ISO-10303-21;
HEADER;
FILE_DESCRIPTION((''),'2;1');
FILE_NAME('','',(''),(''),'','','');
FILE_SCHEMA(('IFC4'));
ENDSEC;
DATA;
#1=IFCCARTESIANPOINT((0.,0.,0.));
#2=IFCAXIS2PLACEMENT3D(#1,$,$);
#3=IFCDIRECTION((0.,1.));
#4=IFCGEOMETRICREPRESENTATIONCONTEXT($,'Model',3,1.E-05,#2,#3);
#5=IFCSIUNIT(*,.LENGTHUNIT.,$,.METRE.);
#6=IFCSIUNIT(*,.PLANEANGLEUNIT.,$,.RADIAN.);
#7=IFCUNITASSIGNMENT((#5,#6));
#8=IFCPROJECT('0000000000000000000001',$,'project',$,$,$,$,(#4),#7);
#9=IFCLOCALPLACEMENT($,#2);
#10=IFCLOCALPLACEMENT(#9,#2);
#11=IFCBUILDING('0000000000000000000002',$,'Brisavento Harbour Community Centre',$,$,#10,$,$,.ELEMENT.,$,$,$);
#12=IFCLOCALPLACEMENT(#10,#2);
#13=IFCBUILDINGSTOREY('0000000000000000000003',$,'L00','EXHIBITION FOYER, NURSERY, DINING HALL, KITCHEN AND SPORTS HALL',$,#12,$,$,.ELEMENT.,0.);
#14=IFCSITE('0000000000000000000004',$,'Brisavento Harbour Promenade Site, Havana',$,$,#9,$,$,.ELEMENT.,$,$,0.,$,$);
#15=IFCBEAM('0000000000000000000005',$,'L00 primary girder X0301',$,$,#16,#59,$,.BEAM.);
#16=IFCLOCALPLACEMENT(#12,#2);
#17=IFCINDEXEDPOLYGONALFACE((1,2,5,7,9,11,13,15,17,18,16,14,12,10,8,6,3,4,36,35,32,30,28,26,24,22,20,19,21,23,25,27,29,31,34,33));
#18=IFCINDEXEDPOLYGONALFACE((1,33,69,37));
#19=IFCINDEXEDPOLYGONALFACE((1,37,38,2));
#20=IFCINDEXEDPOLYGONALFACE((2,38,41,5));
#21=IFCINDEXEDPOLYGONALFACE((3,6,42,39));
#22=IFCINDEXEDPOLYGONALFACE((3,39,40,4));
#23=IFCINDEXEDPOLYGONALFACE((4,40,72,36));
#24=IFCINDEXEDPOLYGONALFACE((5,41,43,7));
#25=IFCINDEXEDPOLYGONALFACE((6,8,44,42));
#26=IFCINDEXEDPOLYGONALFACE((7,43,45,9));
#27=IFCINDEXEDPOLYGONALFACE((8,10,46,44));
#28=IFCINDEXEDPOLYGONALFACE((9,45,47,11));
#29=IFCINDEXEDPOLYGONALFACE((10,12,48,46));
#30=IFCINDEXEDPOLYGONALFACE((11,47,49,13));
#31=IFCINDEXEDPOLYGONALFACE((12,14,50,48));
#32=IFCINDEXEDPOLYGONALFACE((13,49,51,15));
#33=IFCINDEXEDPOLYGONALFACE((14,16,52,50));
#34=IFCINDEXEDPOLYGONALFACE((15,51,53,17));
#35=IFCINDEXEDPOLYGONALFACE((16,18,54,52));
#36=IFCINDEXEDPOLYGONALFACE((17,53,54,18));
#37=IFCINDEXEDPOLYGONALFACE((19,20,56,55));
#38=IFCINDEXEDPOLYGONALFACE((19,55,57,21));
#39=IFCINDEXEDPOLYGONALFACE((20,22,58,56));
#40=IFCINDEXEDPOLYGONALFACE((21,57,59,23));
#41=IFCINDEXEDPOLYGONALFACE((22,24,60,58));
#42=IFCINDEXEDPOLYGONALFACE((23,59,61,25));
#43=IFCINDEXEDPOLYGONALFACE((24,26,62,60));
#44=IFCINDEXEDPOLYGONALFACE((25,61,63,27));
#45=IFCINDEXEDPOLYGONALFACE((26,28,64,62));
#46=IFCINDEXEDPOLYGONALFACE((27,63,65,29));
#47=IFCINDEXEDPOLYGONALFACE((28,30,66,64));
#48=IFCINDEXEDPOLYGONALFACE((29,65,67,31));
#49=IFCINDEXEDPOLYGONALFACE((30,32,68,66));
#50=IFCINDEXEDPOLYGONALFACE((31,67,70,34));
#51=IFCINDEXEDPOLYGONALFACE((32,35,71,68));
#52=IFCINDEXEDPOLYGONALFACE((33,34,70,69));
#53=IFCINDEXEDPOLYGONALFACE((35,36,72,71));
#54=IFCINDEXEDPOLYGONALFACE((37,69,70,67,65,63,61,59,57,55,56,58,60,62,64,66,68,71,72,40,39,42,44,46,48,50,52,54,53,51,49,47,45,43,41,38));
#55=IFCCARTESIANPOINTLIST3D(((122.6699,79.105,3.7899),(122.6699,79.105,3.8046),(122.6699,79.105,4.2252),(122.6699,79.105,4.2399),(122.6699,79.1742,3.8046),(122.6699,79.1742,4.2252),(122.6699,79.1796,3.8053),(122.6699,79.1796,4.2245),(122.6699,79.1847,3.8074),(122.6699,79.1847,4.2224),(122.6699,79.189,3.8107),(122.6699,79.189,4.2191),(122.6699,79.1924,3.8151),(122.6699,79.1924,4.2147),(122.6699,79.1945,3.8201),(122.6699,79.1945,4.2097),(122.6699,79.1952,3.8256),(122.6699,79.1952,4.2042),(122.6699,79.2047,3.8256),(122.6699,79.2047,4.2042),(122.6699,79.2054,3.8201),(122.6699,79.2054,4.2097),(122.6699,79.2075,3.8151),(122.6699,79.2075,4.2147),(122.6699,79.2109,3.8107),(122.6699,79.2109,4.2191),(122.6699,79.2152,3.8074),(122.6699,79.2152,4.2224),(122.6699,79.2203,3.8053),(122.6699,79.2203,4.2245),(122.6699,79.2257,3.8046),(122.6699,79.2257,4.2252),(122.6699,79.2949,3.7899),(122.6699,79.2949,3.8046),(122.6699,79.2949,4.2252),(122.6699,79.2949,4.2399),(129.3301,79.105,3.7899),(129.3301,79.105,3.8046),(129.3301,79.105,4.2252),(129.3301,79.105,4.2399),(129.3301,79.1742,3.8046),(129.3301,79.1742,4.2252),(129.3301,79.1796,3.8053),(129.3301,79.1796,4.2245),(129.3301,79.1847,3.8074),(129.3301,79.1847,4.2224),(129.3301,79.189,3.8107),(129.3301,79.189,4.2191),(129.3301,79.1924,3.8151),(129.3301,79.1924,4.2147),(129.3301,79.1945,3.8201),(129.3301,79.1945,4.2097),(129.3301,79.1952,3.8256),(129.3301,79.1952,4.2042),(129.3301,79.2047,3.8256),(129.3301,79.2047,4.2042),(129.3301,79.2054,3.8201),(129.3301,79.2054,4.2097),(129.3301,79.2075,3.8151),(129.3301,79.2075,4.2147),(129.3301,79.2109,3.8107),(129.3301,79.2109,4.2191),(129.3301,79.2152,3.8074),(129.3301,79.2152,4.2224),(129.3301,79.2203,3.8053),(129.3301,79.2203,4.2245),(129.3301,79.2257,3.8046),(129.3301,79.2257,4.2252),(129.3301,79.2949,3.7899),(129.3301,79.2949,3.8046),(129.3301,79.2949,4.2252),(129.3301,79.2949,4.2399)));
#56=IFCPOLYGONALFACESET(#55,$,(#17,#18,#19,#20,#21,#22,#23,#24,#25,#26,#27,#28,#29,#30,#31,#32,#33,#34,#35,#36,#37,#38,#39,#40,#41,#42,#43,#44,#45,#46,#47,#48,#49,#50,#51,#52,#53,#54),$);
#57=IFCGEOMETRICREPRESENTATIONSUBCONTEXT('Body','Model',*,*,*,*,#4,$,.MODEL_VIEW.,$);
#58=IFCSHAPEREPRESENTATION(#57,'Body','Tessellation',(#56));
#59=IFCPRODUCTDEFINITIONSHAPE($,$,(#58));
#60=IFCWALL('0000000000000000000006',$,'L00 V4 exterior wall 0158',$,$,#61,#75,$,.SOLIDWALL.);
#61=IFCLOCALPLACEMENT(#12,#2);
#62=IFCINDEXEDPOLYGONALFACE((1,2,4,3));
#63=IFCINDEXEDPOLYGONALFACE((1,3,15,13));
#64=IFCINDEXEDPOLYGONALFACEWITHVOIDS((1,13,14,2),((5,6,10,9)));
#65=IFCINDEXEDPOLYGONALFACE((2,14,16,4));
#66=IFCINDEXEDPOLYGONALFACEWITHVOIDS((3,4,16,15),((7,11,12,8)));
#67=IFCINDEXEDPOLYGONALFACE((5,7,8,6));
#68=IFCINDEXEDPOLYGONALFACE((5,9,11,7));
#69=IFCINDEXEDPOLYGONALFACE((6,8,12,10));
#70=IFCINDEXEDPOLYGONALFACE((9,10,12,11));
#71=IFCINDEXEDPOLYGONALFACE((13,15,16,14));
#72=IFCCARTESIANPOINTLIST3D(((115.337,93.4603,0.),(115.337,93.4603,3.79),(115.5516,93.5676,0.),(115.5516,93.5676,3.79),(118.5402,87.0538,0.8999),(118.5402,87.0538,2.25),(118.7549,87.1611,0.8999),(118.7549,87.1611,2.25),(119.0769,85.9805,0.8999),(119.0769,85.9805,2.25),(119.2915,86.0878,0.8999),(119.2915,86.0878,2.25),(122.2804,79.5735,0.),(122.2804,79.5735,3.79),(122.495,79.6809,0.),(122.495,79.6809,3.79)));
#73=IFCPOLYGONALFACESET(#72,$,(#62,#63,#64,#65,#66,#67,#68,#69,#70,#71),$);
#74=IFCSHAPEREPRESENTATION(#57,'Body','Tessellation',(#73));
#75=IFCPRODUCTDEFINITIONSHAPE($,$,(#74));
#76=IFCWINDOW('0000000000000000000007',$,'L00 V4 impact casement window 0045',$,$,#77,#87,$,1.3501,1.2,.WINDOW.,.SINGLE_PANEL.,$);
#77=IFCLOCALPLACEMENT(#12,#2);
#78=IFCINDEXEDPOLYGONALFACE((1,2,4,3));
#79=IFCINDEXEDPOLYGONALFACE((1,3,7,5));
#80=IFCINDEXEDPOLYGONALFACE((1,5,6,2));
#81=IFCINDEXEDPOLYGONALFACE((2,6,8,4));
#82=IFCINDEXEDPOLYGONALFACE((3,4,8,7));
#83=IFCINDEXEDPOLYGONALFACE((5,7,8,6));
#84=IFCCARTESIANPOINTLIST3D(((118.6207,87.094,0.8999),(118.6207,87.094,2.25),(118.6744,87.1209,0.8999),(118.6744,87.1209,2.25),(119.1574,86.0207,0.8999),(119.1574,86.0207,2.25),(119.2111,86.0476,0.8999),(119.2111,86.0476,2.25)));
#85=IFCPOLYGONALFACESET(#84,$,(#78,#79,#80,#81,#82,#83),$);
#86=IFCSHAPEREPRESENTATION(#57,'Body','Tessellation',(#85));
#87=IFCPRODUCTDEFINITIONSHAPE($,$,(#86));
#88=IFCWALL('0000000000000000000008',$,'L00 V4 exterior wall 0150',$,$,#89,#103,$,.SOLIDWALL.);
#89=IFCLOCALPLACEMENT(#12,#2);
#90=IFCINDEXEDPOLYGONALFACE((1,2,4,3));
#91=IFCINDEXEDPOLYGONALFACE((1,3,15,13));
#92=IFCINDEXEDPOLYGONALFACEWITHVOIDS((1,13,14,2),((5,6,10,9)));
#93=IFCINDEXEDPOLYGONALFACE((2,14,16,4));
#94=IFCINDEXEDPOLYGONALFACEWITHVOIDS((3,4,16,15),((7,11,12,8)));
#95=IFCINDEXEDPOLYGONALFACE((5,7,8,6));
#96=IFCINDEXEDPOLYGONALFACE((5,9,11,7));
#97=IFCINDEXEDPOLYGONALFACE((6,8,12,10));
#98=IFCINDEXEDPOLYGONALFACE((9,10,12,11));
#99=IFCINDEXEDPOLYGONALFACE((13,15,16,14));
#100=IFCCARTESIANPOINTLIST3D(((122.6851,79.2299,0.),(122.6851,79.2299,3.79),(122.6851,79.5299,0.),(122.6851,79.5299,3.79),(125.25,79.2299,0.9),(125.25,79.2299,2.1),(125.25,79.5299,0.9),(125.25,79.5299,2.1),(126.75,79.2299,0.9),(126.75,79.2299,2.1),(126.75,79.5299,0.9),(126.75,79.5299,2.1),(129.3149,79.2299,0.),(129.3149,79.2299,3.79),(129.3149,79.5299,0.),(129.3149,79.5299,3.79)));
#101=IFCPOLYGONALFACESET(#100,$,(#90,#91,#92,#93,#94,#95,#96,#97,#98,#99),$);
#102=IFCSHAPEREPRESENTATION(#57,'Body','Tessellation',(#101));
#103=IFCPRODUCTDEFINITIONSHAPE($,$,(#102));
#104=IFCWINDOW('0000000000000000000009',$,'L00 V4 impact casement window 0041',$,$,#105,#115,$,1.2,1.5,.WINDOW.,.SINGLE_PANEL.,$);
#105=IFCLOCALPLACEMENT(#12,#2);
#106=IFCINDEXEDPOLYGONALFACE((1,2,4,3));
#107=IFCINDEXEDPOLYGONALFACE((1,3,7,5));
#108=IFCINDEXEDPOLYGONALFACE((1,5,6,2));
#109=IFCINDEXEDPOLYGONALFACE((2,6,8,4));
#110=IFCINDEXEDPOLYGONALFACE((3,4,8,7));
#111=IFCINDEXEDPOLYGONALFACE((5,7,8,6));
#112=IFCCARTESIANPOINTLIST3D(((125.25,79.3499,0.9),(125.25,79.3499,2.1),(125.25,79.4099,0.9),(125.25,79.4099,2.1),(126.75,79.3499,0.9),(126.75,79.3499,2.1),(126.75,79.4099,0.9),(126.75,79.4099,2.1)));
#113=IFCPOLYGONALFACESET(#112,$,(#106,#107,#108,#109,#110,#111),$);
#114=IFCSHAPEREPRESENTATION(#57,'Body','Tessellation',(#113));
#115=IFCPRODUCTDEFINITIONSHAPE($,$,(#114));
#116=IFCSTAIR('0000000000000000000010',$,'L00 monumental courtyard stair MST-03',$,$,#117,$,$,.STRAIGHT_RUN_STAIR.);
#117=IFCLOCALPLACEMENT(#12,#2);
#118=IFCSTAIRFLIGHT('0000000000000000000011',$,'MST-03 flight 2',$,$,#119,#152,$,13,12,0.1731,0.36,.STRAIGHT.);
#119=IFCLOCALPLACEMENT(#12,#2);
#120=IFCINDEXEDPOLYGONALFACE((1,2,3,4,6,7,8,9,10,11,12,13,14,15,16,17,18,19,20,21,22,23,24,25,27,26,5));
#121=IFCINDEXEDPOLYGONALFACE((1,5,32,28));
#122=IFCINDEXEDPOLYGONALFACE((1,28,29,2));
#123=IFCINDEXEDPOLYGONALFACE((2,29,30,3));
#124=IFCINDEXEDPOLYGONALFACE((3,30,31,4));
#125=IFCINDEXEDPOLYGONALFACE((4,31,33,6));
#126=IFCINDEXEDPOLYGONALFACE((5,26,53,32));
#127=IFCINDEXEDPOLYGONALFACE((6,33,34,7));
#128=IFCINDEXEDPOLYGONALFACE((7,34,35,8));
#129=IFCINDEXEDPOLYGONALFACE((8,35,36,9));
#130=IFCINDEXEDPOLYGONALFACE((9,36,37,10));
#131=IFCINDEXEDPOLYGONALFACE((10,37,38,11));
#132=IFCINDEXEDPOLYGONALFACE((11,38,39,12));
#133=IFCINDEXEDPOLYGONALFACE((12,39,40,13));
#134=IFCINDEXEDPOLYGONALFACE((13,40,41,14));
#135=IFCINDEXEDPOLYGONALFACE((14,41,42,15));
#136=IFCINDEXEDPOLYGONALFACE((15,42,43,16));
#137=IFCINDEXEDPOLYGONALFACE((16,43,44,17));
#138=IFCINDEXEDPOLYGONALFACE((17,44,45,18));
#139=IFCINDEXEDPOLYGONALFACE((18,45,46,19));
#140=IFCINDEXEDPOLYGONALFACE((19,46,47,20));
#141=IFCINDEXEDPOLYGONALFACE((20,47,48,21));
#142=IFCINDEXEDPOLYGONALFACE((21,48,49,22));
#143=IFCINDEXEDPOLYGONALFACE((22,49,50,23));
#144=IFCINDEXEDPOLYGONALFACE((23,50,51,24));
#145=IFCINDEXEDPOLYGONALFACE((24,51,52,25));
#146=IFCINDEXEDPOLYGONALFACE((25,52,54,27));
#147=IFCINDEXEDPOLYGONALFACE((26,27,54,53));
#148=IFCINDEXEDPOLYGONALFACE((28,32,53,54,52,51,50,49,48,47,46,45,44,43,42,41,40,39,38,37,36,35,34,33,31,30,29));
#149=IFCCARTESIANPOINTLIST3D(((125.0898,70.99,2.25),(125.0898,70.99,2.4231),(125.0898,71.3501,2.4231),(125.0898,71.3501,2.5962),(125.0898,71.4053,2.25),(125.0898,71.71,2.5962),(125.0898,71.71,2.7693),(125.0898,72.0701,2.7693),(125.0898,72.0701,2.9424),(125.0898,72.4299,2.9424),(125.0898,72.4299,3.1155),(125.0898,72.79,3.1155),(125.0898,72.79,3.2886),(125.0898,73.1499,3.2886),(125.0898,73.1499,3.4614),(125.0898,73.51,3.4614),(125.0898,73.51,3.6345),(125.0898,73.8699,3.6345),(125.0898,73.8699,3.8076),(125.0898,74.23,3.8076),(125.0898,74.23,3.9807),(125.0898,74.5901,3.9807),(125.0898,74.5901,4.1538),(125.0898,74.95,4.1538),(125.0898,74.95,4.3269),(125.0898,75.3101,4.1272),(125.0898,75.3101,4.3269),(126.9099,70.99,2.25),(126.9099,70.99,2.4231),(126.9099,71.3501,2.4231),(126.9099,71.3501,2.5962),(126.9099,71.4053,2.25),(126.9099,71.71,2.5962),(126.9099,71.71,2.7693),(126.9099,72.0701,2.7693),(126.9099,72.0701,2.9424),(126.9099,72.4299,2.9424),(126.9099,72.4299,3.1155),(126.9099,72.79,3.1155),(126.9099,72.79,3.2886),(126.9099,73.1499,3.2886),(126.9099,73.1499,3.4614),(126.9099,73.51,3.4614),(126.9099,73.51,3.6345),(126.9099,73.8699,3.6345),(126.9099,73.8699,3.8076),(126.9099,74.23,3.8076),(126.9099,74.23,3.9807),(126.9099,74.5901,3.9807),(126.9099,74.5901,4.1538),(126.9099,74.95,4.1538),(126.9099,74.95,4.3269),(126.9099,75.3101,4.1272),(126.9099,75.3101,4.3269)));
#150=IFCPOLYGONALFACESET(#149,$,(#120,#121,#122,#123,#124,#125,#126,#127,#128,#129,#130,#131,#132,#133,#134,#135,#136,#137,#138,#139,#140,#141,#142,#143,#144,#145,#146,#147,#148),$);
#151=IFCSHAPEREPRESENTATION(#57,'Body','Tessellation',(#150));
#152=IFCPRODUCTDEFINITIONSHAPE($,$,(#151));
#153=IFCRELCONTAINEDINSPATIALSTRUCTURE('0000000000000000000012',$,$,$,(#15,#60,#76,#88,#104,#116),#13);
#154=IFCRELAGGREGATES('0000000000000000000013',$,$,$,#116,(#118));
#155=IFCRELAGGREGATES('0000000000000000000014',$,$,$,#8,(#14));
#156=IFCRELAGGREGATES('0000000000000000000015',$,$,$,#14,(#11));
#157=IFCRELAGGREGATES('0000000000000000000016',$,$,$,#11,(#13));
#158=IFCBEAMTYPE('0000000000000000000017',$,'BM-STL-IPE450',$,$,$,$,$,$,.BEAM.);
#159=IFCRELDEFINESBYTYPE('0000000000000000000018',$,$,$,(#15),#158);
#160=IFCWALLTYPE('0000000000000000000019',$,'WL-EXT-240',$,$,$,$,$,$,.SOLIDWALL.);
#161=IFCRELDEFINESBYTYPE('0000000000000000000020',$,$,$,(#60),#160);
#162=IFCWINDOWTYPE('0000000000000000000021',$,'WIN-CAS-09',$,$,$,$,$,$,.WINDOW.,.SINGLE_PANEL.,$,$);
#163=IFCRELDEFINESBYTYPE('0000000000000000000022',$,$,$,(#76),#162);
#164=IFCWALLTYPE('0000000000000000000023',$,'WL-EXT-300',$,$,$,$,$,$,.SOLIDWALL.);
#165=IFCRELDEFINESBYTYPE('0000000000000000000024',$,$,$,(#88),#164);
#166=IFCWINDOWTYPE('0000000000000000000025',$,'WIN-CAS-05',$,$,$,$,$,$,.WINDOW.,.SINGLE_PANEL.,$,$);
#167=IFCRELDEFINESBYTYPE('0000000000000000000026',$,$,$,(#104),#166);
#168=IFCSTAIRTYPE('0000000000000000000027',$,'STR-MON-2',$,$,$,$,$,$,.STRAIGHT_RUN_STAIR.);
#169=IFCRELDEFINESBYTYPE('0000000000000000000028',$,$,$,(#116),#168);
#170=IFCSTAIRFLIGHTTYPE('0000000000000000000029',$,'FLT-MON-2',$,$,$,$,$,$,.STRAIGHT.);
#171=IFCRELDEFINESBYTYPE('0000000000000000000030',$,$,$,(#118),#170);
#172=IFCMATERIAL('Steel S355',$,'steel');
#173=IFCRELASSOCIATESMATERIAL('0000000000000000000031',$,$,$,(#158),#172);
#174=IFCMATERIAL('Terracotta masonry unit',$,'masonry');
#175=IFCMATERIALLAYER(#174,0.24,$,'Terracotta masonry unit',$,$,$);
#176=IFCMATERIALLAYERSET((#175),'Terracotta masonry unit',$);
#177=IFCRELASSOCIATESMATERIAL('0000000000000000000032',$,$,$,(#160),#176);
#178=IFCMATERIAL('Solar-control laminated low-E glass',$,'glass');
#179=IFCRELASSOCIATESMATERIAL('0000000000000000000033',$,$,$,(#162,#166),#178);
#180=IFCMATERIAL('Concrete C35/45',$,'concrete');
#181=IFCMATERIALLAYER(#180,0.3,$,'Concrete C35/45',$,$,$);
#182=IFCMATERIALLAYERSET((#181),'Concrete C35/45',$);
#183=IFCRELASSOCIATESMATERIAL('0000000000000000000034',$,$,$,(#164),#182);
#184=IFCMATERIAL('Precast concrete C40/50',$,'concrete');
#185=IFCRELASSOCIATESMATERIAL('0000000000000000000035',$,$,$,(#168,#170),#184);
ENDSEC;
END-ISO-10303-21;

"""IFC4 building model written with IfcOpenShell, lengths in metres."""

from ifc_helpers import new_model, si_unit, direction, frame, frame_2d, origin, origin_2d, place, context, subcontext, project, spatial, polyline, rectangle, i_section, outline, extrude, material, layer, layer_set, material_profile, profile_set, type_object, element, fill, aggregate, save


model = new_model("IFC4")

# Units and contexts
model_context = context("Model", 3, precision=1e-05, world=origin(), true_north=direction((0.0, 1.0)))
body_context = subcontext(model_context, "Body", "Model", "MODEL_VIEW")
ifc_project = project(units=[si_unit("LENGTHUNIT", "METRE"), si_unit("PLANEANGLEUNIT", "RADIAN")], contexts=[model_context])

# Site, building, storey
site_placement = place(None, origin())
site = spatial("IfcSite", under=ifc_project, at=site_placement, Name="Brisavento Harbour Promenade Site, Havana", CompositionType="ELEMENT", RefElevation=0.0)
building_placement = place(site_placement, origin())
building = spatial("IfcBuilding", under=site, at=building_placement, Name="Brisavento Harbour Community Centre", CompositionType="ELEMENT")
storey_placement = place(building_placement, origin())
storey = spatial("IfcBuildingStorey", under=building, at=storey_placement, Name="L00", Description="EXHIBITION FOYER, NURSERY, DINING HALL, KITCHEN AND SPORTS HALL", CompositionType="ELEMENT", Elevation=0.0)

# Shared definitions
ifc_material_1 = material(Name="Concrete C35/45", Category="concrete")

# Beam
ifc_material_2 = material(Name="Steel S355", Category="steel")
ifc_material_profile_1 = material_profile(ifc_material_2, i_section(OverallWidth=0.1899, OverallDepth=0.45, WebThickness=0.0095, FlangeThickness=0.0146, FilletRadius=0.021, at=origin_2d()), Name="Steel S355")
ifc_profile_set_1 = profile_set([ifc_material_profile_1], Name="Steel S355")
beam_type_1 = type_object("IfcBeamType", Name="BM-STL-IPE450", PredefinedType="BEAM", material=ifc_profile_set_1)
beam_1_placement = place(storey_placement, frame((122.6699, 79.2, 4.0149), z_axis=(1.0, 0.0, 0.0), x_axis=(0.0, 1.0, 0.0)))
element("IfcBeam", 1, at=beam_1_placement, inside=storey, type_object=beam_type_1, Name="L00 primary girder X0301", PredefinedType="BEAM", context=body_context, shape_type="SweptSolid", body=[
    extrude(i_section(OverallWidth=0.1899, OverallDepth=0.45, WebThickness=0.0095, FlangeThickness=0.0146, FilletRadius=0.021, at=origin_2d()), origin(), (0.0, 0.0, 1.0), 6.6602),
])

# Walls, openings, windows
ifc_material_3 = material(Name="Terracotta masonry unit", Category="masonry")
ifc_layer_1 = layer(ifc_material_3, 0.24, Name="Terracotta masonry unit")
ifc_layer_set_1 = layer_set([ifc_layer_1], Name="Terracotta masonry unit")
wall_type_1 = type_object("IfcWallType", Name="WL-EXT-240", PredefinedType="SOLIDWALL", material=ifc_layer_set_1)
wall_1_placement = place(storey_placement, frame((122.3877, 79.6272, 0.0), z_axis=(0.0, 0.0, 1.0), x_axis=(-0.447214, 0.894427, 0.0)))
wall_1 = element("IfcWall", 2, at=wall_1_placement, inside=storey, type_object=wall_type_1, Name="L00 V4 exterior wall 0158", PredefinedType="SOLIDWALL", context=body_context, shape_type="SweptSolid", body=[
    extrude(rectangle(XDim=15.5259, YDim=0.24, at=frame_2d((7.7629, 0.0))), origin(), (0.0, 0.0, 1.0), 3.79),
])
opening_1_placement = place(wall_1_placement, frame((7.1631, 0.0, 0.8999)))
opening_1 = element("IfcOpeningElement", 3, at=opening_1_placement, cuts=wall_1, PredefinedType="OPENING", context=body_context, shape_type="SweptSolid", body=[
    extrude(rectangle(XDim=1.2, YDim=1.3501, at=frame_2d((0.6001, 0.675))), frame((0.0, 0.1299, 0.0), z_axis=(0.0, -1.0, 0.0), x_axis=(1.0, 0.0, 0.0)), (0.0, 0.0, 1.0), 0.26),
])
ifc_material_4 = material(Name="Solar-control laminated low-E glass", Category="glass")
window_type_1 = type_object("IfcWindowType", Name="WIN-CAS-09", PartitioningType="SINGLE_PANEL", PredefinedType="WINDOW", material=ifc_material_4)
window_1_placement = place(opening_1_placement, origin())
window_1 = element("IfcWindow", 4, at=window_1_placement, inside=storey, type_object=window_type_1, Name="L00 V4 impact casement window 0045", OverallHeight=1.3501, OverallWidth=1.2, PartitioningType="SINGLE_PANEL", PredefinedType="WINDOW", context=body_context, shape_type="SweptSolid", body=[
    extrude(rectangle(XDim=1.2, YDim=1.3501, at=frame_2d((0.6001, 0.675))), frame((0.0, 0.03, 0.0), z_axis=(0.0, -1.0, 0.0), x_axis=(1.0, 0.0, 0.0)), (0.0, 0.0, 1.0), 0.0601),
])
fill(opening_1, window_1)
ifc_layer_2 = layer(ifc_material_1, 0.3, Name="Concrete C35/45")
ifc_layer_set_2 = layer_set([ifc_layer_2], Name="Concrete C35/45")
wall_type_2 = type_object("IfcWallType", Name="WL-EXT-300", PredefinedType="SOLIDWALL", material=ifc_layer_set_2)
wall_2_placement = place(storey_placement, frame((129.3149, 79.3799, 0.0), z_axis=(0.0, 0.0, 1.0), x_axis=(-1.0, 0.0, 0.0)))
wall_2 = element("IfcWall", 5, at=wall_2_placement, inside=storey, type_object=wall_type_2, Name="L00 V4 exterior wall 0150", PredefinedType="SOLIDWALL", context=body_context, shape_type="SweptSolid", body=[
    extrude(rectangle(XDim=6.6299, YDim=0.3, at=frame_2d((3.3149, 0.0))), origin(), (0.0, 0.0, 1.0), 3.79),
])
opening_2_placement = place(wall_2_placement, frame((2.5649, 0.0, 0.8999)))
opening_2 = element("IfcOpeningElement", 6, at=opening_2_placement, cuts=wall_2, PredefinedType="OPENING", context=body_context, shape_type="SweptSolid", body=[
    extrude(rectangle(XDim=1.5, YDim=1.2, at=frame_2d((0.75, 0.6001))), frame((0.0, 0.1602, 0.0), z_axis=(0.0, -1.0, 0.0), x_axis=(1.0, 0.0, 0.0)), (0.0, 0.0, 1.0), 0.3201),
])
window_type_2 = type_object("IfcWindowType", Name="WIN-CAS-05", PartitioningType="SINGLE_PANEL", PredefinedType="WINDOW", material=ifc_material_4)
window_2_placement = place(opening_2_placement, origin())
window_2 = element("IfcWindow", 7, at=window_2_placement, inside=storey, type_object=window_type_2, Name="L00 V4 impact casement window 0041", OverallHeight=1.2, OverallWidth=1.5, PartitioningType="SINGLE_PANEL", PredefinedType="WINDOW", context=body_context, shape_type="SweptSolid", body=[
    extrude(rectangle(XDim=1.5, YDim=1.2, at=frame_2d((0.75, 0.6001))), frame((0.0, 0.03, 0.0), z_axis=(0.0, -1.0, 0.0), x_axis=(1.0, 0.0, 0.0)), (0.0, 0.0, 1.0), 0.0601),
])
fill(opening_2, window_2)

# Stair, stair flight
ifc_material_5 = material(Name="Precast concrete C40/50", Category="concrete")
stair_type = type_object("IfcStairType", Name="STR-MON-2", PredefinedType="STRAIGHT_RUN_STAIR", material=ifc_material_5)
stair_placement = place(storey_placement, origin())
stair = element("IfcStair", 8, at=stair_placement, inside=storey, type_object=stair_type, Name="L00 monumental courtyard stair MST-03", PredefinedType="STRAIGHT_RUN_STAIR")
stair_flight_type = type_object("IfcStairFlightType", Name="FLT-MON-2", PredefinedType="STRAIGHT", material=ifc_material_5)
stair_flight_placement = place(storey_placement, frame((126.0, 70.99, 2.25), z_axis=(0.0, 0.0, 1.0), x_axis=(0.0, 1.0, 0.0)))
stair_flight = element("IfcStairFlight", 9, at=stair_flight_placement, type_object=stair_flight_type, Name="MST-03 flight 2", NumberOfRisers=13, NumberOfTreads=12, PredefinedType="STRAIGHT", RiserHeight=0.1731, TreadLength=0.36, context=body_context, shape_type="SweptSolid", body=[
    extrude(outline(polyline([(0.0, 0.0), (0.0, 0.1731), (0.3601, 0.1731), (0.3601, 0.3462), (0.72, 0.3462), (0.72, 0.5193), (1.0801, 0.5193), (1.0801, 0.6924), (1.4399, 0.6924), (1.4399, 0.8655), (1.8, 0.8655), (1.8, 1.0386), (2.1599, 1.0386), (2.1599, 1.2114), (2.52, 1.2114), (2.52, 1.3845), (2.8799, 1.3845), (2.8799, 1.5576), (3.24, 1.5576), (3.24, 1.7307), (3.6001, 1.7307), (3.6001, 1.9038), (3.96, 1.9038), (3.96, 2.0769), (4.3201, 2.0769), (4.3201, 2.25), (4.3201, 1.8772), (0.4153, 0.0), (0.0, 0.0)])), frame((0.0, 0.9102, 0.0), z_axis=(0.0, -1.0, 0.0), x_axis=(1.0, 0.0, 0.0)), (0.0, 0.0, 1.0), 1.8201),
])
aggregate(stair, [stair_flight])

save(model, "model.ifc")
